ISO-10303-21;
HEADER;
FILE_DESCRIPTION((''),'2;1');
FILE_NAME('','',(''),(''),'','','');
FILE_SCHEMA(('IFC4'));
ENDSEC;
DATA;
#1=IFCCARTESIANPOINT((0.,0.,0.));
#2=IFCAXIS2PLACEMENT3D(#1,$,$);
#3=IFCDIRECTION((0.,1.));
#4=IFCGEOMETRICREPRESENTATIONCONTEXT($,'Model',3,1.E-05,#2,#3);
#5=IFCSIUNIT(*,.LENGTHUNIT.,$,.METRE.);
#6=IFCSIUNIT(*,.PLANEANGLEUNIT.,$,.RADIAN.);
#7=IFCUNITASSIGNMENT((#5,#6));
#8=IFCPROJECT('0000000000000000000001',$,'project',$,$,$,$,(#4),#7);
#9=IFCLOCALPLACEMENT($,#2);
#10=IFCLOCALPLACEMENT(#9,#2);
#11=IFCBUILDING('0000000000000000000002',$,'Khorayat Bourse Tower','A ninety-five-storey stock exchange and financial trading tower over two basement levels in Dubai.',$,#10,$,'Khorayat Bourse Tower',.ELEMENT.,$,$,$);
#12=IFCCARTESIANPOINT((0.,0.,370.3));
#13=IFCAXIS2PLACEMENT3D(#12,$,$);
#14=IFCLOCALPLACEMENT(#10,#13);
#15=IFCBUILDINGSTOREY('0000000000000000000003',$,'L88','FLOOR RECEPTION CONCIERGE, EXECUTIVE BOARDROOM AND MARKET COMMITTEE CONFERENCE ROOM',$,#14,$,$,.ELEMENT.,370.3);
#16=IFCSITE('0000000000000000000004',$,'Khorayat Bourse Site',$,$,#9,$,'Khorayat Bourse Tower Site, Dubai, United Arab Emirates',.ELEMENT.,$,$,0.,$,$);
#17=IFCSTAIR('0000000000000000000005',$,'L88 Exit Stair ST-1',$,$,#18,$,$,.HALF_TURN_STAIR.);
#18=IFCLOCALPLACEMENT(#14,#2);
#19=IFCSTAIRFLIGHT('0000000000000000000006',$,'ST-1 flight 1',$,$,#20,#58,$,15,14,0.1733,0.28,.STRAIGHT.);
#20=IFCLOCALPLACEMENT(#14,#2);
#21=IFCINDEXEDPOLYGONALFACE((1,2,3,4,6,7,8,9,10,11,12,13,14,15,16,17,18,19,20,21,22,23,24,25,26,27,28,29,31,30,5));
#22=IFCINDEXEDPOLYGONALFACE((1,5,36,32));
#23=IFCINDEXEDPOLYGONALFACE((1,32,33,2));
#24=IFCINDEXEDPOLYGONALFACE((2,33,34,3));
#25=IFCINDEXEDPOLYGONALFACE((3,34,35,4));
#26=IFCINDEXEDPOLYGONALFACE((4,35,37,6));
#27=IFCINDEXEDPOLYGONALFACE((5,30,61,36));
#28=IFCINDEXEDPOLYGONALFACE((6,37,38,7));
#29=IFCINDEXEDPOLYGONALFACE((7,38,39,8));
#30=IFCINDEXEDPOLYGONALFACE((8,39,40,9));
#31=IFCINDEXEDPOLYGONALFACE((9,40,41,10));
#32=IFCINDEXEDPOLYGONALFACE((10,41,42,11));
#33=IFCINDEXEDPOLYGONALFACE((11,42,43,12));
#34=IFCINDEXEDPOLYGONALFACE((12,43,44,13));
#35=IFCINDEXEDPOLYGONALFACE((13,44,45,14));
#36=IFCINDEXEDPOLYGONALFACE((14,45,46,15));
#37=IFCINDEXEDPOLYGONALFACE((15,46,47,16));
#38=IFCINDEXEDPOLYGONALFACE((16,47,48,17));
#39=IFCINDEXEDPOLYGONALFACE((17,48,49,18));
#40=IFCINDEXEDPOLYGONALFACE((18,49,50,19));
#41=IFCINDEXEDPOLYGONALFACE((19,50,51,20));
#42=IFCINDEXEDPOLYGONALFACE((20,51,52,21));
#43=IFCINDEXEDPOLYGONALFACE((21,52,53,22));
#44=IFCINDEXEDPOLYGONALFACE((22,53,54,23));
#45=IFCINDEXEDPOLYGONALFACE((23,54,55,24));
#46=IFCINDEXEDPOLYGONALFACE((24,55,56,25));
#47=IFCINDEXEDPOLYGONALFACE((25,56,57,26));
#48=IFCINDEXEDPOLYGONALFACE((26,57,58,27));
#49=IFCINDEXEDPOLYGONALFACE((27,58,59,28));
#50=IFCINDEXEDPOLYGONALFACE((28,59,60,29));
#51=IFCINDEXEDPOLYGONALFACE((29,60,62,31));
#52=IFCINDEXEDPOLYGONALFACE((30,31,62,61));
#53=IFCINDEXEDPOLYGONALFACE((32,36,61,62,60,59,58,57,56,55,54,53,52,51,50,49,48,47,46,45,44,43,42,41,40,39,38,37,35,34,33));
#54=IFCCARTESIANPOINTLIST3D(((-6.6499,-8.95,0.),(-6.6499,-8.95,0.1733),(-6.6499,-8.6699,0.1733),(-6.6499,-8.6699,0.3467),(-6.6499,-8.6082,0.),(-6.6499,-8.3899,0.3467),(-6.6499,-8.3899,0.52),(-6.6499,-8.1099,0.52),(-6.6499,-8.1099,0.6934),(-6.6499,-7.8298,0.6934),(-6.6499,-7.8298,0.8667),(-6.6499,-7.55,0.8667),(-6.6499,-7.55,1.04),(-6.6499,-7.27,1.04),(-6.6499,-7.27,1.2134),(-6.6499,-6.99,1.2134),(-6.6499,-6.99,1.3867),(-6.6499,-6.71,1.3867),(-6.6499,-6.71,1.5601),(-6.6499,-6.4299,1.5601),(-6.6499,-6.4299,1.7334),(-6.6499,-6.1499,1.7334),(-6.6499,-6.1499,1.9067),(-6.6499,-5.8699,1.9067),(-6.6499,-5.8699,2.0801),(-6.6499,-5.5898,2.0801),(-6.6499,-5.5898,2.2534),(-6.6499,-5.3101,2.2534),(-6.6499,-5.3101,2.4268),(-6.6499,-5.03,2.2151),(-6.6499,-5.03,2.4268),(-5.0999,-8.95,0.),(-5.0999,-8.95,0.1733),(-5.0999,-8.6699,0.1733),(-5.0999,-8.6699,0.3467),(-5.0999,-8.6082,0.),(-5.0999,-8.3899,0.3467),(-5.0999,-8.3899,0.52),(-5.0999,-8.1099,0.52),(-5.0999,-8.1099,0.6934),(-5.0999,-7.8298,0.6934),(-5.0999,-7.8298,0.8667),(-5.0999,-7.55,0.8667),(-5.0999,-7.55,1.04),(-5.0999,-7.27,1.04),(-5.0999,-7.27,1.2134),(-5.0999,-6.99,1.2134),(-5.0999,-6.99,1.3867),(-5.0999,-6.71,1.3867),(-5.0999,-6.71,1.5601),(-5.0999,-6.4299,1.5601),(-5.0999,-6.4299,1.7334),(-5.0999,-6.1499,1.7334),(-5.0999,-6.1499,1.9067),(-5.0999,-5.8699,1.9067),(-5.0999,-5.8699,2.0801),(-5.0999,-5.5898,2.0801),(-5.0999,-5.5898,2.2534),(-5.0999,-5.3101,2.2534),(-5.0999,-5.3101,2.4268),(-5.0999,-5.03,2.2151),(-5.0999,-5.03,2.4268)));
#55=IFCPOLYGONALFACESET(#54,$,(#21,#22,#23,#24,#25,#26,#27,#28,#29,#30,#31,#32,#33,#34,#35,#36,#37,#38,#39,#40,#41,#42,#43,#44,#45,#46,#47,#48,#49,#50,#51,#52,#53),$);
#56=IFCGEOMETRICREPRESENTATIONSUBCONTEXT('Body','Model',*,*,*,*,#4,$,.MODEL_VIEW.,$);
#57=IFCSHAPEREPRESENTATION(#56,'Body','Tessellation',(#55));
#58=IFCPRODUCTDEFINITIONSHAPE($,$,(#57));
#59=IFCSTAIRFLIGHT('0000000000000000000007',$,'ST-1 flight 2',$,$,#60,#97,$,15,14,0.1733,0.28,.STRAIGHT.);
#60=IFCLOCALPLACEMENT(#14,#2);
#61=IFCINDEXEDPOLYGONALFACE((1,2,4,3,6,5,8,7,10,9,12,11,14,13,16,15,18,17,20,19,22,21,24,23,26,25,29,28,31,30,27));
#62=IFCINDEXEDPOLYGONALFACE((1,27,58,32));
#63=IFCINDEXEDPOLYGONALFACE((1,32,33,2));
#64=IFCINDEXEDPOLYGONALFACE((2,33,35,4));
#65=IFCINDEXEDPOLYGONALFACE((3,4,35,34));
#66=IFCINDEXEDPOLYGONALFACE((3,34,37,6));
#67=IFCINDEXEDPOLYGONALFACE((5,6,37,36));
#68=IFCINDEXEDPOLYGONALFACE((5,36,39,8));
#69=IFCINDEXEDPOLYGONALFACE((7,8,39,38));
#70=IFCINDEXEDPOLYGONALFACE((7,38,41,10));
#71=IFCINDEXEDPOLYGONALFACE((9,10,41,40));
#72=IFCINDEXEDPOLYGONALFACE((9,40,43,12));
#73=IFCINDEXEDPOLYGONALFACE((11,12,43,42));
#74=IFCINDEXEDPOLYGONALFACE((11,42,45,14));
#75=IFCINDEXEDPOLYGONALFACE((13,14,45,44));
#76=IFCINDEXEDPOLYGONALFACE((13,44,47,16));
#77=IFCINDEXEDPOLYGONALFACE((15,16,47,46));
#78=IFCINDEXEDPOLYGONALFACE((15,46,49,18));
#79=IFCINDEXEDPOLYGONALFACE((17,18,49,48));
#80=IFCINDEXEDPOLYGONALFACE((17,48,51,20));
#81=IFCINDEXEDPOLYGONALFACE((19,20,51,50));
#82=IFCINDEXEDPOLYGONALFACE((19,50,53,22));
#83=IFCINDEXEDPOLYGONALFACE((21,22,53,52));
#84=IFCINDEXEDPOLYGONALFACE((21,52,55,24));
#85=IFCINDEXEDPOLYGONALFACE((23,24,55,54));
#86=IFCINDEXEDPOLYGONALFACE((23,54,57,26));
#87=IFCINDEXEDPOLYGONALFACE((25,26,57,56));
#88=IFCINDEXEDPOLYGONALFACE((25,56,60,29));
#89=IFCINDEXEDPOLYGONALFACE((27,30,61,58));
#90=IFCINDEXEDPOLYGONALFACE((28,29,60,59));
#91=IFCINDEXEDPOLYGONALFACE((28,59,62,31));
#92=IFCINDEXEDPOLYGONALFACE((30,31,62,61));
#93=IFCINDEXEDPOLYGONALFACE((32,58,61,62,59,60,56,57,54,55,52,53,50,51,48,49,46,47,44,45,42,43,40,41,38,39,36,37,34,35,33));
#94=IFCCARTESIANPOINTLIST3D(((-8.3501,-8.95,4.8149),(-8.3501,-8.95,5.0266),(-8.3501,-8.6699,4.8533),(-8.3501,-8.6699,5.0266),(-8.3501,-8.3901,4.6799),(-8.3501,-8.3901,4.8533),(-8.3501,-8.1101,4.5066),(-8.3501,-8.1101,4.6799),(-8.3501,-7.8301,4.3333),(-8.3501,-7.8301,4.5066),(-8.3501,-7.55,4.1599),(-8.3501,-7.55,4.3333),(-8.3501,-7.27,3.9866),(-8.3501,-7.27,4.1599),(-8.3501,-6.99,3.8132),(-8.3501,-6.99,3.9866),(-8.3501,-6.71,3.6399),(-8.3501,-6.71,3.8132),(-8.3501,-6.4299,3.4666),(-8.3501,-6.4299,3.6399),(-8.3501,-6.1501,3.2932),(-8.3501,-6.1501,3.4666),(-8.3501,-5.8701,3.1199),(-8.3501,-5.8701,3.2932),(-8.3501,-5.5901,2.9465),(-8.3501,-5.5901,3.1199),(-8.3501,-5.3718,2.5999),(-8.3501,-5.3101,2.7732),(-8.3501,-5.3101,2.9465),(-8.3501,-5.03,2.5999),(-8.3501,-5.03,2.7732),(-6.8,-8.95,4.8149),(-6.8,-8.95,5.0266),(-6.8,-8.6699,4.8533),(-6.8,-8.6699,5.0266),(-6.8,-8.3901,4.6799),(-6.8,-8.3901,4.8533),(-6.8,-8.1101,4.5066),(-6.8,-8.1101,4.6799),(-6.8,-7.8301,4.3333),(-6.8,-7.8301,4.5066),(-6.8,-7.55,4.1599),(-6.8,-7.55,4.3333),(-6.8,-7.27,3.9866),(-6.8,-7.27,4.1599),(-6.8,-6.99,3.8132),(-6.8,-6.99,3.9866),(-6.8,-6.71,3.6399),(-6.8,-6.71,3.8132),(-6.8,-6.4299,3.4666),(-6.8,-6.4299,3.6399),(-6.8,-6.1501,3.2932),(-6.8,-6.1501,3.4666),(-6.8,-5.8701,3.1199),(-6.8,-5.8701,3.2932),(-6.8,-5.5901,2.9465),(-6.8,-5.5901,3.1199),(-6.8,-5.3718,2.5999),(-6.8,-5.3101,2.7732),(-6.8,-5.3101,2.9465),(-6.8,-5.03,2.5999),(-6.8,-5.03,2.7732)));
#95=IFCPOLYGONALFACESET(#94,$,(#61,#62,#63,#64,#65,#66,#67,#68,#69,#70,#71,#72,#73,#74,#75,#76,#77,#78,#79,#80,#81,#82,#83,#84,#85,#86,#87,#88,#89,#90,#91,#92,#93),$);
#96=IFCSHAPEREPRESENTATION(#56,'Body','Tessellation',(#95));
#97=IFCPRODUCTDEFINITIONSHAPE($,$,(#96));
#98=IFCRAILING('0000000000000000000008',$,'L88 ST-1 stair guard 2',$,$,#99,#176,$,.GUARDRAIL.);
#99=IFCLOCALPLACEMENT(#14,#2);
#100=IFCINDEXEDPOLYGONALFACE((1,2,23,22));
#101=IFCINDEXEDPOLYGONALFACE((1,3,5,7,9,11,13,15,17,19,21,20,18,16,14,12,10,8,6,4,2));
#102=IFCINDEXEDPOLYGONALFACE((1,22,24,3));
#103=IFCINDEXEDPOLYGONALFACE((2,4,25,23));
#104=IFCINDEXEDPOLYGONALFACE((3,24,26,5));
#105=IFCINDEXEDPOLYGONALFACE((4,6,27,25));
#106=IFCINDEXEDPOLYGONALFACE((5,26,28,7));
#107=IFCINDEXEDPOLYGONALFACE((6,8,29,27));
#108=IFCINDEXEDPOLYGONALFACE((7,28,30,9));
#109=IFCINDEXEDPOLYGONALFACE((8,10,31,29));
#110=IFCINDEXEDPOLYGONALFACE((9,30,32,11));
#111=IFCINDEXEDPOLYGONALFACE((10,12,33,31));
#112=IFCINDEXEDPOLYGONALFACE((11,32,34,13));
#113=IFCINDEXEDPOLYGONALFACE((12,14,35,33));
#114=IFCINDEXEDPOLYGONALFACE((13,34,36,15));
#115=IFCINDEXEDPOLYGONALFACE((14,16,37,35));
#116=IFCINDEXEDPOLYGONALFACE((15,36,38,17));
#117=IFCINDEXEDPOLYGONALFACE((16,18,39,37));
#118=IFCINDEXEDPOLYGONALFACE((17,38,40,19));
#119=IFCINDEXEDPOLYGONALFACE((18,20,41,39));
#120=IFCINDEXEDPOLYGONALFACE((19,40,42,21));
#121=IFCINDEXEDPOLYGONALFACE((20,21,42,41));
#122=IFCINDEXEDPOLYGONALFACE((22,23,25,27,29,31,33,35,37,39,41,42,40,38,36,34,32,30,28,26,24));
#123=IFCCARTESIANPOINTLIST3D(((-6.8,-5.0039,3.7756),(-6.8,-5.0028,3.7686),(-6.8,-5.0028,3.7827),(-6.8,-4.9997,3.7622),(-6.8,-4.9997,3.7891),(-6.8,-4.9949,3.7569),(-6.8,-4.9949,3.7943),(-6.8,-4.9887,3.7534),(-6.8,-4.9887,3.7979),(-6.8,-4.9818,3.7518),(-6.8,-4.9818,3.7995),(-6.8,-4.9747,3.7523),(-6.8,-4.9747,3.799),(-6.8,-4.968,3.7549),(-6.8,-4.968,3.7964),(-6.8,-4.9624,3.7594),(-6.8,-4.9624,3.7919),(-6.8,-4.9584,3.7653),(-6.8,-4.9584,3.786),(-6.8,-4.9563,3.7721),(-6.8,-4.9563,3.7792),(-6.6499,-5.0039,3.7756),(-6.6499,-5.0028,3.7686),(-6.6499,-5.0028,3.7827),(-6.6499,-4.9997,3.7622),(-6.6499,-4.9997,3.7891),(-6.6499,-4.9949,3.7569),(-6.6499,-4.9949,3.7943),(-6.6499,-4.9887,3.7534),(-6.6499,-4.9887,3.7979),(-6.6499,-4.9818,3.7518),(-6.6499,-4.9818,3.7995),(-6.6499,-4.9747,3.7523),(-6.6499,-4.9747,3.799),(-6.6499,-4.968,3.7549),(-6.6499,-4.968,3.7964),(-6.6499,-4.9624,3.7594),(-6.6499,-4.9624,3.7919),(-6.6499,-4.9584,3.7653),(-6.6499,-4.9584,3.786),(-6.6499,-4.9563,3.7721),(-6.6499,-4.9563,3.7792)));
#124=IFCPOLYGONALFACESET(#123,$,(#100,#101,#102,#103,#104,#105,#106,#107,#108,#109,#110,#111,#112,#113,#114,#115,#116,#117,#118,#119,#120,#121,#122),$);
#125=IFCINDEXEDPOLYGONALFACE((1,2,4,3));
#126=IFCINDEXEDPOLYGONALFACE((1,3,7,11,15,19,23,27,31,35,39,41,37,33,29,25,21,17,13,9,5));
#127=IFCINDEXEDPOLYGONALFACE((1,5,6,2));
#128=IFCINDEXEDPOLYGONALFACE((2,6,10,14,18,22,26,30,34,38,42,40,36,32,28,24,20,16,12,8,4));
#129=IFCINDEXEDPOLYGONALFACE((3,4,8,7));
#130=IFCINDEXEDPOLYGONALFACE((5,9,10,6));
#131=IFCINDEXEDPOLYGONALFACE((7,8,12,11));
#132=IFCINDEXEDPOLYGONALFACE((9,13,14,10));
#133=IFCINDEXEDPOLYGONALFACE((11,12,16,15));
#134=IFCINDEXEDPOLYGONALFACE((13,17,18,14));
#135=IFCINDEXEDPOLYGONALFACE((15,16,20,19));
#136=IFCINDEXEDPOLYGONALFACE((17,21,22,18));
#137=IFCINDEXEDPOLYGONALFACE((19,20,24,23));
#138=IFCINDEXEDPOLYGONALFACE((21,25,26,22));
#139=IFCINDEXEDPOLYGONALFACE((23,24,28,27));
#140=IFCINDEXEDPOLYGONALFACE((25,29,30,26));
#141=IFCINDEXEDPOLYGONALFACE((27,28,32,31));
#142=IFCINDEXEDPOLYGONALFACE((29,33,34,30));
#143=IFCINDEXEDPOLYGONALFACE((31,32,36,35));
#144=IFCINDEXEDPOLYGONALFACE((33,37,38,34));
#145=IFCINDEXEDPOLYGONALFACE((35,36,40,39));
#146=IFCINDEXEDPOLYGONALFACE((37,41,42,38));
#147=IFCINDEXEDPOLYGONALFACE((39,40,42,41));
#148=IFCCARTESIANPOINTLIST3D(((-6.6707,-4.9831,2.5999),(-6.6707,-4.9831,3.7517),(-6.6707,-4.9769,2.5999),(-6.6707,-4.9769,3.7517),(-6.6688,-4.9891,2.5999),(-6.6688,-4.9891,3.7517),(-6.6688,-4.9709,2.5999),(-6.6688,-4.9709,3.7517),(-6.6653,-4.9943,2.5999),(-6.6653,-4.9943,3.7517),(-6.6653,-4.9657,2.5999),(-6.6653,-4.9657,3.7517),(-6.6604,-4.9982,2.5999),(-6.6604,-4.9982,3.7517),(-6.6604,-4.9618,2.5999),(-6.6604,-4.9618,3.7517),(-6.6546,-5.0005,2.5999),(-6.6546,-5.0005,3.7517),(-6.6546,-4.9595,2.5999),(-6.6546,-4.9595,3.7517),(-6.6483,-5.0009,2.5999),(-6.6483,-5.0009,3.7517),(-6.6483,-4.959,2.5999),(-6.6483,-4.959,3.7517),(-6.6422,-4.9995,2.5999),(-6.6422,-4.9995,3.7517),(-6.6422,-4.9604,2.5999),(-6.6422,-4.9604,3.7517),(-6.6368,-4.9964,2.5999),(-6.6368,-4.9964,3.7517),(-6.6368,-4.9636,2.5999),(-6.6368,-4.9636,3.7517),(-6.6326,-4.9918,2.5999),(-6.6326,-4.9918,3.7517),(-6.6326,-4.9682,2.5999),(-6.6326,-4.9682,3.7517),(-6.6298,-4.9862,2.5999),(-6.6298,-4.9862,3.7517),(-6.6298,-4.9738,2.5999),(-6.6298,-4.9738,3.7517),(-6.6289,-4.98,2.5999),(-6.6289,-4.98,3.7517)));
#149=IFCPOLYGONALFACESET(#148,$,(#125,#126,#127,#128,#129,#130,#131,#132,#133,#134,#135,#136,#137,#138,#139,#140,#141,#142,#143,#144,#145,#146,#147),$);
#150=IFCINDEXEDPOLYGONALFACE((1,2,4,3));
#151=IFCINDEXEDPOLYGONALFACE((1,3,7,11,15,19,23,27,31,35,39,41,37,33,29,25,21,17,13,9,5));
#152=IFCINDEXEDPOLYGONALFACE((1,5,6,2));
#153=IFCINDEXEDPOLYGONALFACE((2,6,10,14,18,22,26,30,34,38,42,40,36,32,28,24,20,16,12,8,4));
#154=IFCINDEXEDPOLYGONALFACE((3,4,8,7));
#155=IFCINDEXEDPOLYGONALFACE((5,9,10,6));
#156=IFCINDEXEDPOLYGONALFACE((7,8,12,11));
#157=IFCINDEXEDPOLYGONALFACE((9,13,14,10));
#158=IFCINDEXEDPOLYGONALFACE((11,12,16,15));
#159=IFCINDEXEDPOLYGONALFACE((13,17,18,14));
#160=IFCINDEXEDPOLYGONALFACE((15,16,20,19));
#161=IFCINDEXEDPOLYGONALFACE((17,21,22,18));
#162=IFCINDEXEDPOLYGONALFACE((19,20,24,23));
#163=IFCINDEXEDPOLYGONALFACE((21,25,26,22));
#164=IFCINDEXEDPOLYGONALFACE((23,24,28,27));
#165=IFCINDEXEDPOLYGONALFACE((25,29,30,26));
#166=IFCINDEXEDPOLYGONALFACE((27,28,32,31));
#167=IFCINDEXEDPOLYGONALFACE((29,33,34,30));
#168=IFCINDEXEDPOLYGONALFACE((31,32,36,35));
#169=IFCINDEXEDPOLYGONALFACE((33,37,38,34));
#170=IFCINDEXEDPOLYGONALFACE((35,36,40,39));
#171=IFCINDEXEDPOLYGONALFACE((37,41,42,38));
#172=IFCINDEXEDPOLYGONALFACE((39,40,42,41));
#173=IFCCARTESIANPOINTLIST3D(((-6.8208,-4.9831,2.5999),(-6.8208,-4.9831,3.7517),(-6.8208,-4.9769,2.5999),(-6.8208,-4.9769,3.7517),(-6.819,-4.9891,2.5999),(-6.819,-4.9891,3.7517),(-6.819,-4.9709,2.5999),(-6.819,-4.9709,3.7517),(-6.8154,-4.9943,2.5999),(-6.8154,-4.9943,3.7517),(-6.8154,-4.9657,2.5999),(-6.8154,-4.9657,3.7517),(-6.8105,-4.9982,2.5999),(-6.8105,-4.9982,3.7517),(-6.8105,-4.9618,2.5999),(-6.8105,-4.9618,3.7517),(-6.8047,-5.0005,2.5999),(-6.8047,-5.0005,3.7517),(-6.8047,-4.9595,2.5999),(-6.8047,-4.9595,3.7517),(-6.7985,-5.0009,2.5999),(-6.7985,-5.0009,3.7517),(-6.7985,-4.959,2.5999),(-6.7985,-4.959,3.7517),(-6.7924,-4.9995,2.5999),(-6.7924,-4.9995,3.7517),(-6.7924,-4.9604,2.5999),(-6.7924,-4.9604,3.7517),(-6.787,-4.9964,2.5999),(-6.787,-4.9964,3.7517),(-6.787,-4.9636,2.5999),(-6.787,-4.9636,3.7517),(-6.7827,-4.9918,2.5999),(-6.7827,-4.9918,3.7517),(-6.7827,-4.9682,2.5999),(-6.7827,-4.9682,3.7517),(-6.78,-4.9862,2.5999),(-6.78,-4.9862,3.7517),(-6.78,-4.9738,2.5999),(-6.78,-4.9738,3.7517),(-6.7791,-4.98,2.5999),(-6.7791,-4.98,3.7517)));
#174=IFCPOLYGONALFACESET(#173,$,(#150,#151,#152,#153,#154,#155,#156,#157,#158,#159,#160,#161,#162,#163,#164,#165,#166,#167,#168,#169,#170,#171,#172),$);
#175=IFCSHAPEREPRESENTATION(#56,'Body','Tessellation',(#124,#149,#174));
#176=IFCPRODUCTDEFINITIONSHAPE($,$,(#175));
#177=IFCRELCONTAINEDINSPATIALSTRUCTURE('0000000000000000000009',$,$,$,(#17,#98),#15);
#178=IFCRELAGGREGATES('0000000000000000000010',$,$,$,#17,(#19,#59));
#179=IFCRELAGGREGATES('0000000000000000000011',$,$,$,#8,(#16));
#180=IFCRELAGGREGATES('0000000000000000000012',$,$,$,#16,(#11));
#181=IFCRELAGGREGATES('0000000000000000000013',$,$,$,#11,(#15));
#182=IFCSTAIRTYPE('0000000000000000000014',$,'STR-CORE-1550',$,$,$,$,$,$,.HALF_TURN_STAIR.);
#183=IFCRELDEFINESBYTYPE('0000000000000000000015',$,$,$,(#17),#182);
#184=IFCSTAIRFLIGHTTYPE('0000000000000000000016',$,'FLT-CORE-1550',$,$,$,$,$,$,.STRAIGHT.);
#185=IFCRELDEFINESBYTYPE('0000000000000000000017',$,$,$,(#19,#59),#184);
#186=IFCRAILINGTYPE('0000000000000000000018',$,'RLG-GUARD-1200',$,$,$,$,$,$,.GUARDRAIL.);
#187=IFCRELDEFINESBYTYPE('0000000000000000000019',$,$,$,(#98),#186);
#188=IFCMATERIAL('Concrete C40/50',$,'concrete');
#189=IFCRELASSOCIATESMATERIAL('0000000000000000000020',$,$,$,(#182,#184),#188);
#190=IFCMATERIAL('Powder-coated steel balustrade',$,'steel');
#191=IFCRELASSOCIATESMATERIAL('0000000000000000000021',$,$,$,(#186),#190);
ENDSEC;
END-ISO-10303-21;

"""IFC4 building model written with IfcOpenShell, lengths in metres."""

from ifc_helpers import new_model, si_unit, direction, frame, origin, origin_2d, place, context, subcontext, project, spatial, polyline, circle, outline, extrude, source, transform, mapped, material, type_object, element, aggregate, save


model = new_model("IFC4")

# Units and contexts
model_context = context("Model", 3, precision=1e-05, world=origin(), true_north=direction((0.0, 1.0)))
body_context = subcontext(model_context, "Body", "Model", "MODEL_VIEW")
ifc_project = project(units=[si_unit("LENGTHUNIT", "METRE"), si_unit("PLANEANGLEUNIT", "RADIAN")], contexts=[model_context])

# Site, building, storey
site_placement = place(None, origin())
site = spatial("IfcSite", under=ifc_project, at=site_placement, Name="Khorayat Bourse Site", LongName="Khorayat Bourse Tower Site, Dubai, United Arab Emirates", CompositionType="ELEMENT", RefElevation=0.0)
building_placement = place(site_placement, origin())
building = spatial("IfcBuilding", under=site, at=building_placement, Name="Khorayat Bourse Tower", Description="A ninety-five-storey stock exchange and financial trading tower over two basement levels in Dubai.", LongName="Khorayat Bourse Tower", CompositionType="ELEMENT")
storey_placement = place(building_placement, frame((0.0, 0.0, 370.3)))
storey = spatial("IfcBuildingStorey", under=building, at=storey_placement, Name="L88", Description="FLOOR RECEPTION CONCIERGE, EXECUTIVE BOARDROOM AND MARKET COMMITTEE CONFERENCE ROOM", CompositionType="ELEMENT", Elevation=370.3)

# Stair, stair flights
ifc_material_1 = material(Name="Concrete C40/50", Category="concrete")
stair_type = type_object("IfcStairType", Name="STR-CORE-1550", PredefinedType="HALF_TURN_STAIR", material=ifc_material_1)
stair_placement = place(storey_placement, origin())
stair = element("IfcStair", 1, at=stair_placement, inside=storey, type_object=stair_type, Name="L88 Exit Stair ST-1", PredefinedType="HALF_TURN_STAIR")
stair_flight_type = type_object("IfcStairFlightType", Name="FLT-CORE-1550", PredefinedType="STRAIGHT", material=ifc_material_1)
shared_shape_1 = source(origin(), body_context, "Body", "SweptSolid", [
    extrude(outline(polyline([(0.0, 0.0), (0.0, 0.1733), (0.28, 0.1733), (0.28, 0.3467), (0.5601, 0.3467), (0.5601, 0.52), (0.8401, 0.52), (0.8401, 0.6934), (1.1201, 0.6934), (1.1201, 0.8667), (1.3999, 0.8667), (1.3999, 1.04), (1.6799, 1.04), (1.6799, 1.2134), (1.96, 1.2134), (1.96, 1.3867), (2.24, 1.3867), (2.24, 1.5601), (2.52, 1.5601), (2.52, 1.7334), (2.8, 1.7334), (2.8, 1.9067), (3.0801, 1.9067), (3.0801, 2.0801), (3.3601, 2.0801), (3.3601, 2.2534), (3.6399, 2.2534), (3.6399, 2.4268), (3.9199, 2.4268), (3.9199, 2.6001), (3.9199, 2.2151), (0.3418, 0.0), (0.0, 0.0)])), frame((0.0, 0.7749, 0.0), z_axis=(0.0, -1.0, 0.0), x_axis=(1.0, 0.0, 0.0)), (0.0, 0.0, 1.0), 1.55),
])
stair_flight_1_placement = place(storey_placement, frame((-5.875, -8.95, 0.0), z_axis=(0.0, 0.0, 1.0), x_axis=(0.0, 1.0, 0.0)))
stair_flight_1 = element("IfcStairFlight", 2, at=stair_flight_1_placement, type_object=stair_flight_type, Name="ST-1 flight 1", NumberOfRisers=15, NumberOfTreads=14, PredefinedType="STRAIGHT", RiserHeight=0.1733, TreadLength=0.28, context=body_context, shape_type="MappedRepresentation", body=[
    mapped(shared_shape_1, transform((0.0, 0.0, 0.0), scale=1.0)),
])
stair_flight_2_placement = place(storey_placement, frame((-7.575, -5.03, 2.5999), z_axis=(0.0, 0.0, 1.0), x_axis=(0.0, -1.0, 0.0)))
stair_flight_2 = element("IfcStairFlight", 3, at=stair_flight_2_placement, type_object=stair_flight_type, Name="ST-1 flight 2", NumberOfRisers=15, NumberOfTreads=14, PredefinedType="STRAIGHT", RiserHeight=0.1733, TreadLength=0.28, context=body_context, shape_type="MappedRepresentation", body=[
    mapped(shared_shape_1, transform((0.0, 0.0, 0.0), scale=1.0)),
])
aggregate(stair, [stair_flight_1, stair_flight_2])

# Railing
ifc_material_2 = material(Name="Powder-coated steel balustrade", Category="steel")
railing_type_1 = type_object("IfcRailingType", Name="RLG-GUARD-1200", PredefinedType="GUARDRAIL", material=ifc_material_2)
shared_shape_2 = source(origin(), body_context, "Body", "SweptSolid", [
    extrude(circle(Radius=0.0239, at=origin_2d()), frame((0.0, 0.0, 1.1758), z_axis=(-1.0, 0.0, 0.0), x_axis=(0.0, -1.0, 0.0)), (0.0, 0.0, 1.0), 0.1501),
    extrude(circle(Radius=0.021, at=origin_2d()), origin(), (0.0, 0.0, 1.0), 1.1519),
    extrude(circle(Radius=0.021, at=origin_2d()), frame((-0.1501, 0.0, 0.0)), (0.0, 0.0, 1.0), 1.1519),
])
for number, where, name in (
    (4, (-6.6499, -4.98, 2.5999), "L88 ST-1 stair guard 2"),
):
    element("IfcRailing", number, at=place(storey_placement, frame(where)), inside=storey, type_object=railing_type_1, Name=name, PredefinedType="GUARDRAIL", context=body_context, shape_type="MappedRepresentation", body=[
        mapped(shared_shape_2, transform((0.0, 0.0, 0.0), scale=1.0)),
    ])

save(model, "model.ifc")
